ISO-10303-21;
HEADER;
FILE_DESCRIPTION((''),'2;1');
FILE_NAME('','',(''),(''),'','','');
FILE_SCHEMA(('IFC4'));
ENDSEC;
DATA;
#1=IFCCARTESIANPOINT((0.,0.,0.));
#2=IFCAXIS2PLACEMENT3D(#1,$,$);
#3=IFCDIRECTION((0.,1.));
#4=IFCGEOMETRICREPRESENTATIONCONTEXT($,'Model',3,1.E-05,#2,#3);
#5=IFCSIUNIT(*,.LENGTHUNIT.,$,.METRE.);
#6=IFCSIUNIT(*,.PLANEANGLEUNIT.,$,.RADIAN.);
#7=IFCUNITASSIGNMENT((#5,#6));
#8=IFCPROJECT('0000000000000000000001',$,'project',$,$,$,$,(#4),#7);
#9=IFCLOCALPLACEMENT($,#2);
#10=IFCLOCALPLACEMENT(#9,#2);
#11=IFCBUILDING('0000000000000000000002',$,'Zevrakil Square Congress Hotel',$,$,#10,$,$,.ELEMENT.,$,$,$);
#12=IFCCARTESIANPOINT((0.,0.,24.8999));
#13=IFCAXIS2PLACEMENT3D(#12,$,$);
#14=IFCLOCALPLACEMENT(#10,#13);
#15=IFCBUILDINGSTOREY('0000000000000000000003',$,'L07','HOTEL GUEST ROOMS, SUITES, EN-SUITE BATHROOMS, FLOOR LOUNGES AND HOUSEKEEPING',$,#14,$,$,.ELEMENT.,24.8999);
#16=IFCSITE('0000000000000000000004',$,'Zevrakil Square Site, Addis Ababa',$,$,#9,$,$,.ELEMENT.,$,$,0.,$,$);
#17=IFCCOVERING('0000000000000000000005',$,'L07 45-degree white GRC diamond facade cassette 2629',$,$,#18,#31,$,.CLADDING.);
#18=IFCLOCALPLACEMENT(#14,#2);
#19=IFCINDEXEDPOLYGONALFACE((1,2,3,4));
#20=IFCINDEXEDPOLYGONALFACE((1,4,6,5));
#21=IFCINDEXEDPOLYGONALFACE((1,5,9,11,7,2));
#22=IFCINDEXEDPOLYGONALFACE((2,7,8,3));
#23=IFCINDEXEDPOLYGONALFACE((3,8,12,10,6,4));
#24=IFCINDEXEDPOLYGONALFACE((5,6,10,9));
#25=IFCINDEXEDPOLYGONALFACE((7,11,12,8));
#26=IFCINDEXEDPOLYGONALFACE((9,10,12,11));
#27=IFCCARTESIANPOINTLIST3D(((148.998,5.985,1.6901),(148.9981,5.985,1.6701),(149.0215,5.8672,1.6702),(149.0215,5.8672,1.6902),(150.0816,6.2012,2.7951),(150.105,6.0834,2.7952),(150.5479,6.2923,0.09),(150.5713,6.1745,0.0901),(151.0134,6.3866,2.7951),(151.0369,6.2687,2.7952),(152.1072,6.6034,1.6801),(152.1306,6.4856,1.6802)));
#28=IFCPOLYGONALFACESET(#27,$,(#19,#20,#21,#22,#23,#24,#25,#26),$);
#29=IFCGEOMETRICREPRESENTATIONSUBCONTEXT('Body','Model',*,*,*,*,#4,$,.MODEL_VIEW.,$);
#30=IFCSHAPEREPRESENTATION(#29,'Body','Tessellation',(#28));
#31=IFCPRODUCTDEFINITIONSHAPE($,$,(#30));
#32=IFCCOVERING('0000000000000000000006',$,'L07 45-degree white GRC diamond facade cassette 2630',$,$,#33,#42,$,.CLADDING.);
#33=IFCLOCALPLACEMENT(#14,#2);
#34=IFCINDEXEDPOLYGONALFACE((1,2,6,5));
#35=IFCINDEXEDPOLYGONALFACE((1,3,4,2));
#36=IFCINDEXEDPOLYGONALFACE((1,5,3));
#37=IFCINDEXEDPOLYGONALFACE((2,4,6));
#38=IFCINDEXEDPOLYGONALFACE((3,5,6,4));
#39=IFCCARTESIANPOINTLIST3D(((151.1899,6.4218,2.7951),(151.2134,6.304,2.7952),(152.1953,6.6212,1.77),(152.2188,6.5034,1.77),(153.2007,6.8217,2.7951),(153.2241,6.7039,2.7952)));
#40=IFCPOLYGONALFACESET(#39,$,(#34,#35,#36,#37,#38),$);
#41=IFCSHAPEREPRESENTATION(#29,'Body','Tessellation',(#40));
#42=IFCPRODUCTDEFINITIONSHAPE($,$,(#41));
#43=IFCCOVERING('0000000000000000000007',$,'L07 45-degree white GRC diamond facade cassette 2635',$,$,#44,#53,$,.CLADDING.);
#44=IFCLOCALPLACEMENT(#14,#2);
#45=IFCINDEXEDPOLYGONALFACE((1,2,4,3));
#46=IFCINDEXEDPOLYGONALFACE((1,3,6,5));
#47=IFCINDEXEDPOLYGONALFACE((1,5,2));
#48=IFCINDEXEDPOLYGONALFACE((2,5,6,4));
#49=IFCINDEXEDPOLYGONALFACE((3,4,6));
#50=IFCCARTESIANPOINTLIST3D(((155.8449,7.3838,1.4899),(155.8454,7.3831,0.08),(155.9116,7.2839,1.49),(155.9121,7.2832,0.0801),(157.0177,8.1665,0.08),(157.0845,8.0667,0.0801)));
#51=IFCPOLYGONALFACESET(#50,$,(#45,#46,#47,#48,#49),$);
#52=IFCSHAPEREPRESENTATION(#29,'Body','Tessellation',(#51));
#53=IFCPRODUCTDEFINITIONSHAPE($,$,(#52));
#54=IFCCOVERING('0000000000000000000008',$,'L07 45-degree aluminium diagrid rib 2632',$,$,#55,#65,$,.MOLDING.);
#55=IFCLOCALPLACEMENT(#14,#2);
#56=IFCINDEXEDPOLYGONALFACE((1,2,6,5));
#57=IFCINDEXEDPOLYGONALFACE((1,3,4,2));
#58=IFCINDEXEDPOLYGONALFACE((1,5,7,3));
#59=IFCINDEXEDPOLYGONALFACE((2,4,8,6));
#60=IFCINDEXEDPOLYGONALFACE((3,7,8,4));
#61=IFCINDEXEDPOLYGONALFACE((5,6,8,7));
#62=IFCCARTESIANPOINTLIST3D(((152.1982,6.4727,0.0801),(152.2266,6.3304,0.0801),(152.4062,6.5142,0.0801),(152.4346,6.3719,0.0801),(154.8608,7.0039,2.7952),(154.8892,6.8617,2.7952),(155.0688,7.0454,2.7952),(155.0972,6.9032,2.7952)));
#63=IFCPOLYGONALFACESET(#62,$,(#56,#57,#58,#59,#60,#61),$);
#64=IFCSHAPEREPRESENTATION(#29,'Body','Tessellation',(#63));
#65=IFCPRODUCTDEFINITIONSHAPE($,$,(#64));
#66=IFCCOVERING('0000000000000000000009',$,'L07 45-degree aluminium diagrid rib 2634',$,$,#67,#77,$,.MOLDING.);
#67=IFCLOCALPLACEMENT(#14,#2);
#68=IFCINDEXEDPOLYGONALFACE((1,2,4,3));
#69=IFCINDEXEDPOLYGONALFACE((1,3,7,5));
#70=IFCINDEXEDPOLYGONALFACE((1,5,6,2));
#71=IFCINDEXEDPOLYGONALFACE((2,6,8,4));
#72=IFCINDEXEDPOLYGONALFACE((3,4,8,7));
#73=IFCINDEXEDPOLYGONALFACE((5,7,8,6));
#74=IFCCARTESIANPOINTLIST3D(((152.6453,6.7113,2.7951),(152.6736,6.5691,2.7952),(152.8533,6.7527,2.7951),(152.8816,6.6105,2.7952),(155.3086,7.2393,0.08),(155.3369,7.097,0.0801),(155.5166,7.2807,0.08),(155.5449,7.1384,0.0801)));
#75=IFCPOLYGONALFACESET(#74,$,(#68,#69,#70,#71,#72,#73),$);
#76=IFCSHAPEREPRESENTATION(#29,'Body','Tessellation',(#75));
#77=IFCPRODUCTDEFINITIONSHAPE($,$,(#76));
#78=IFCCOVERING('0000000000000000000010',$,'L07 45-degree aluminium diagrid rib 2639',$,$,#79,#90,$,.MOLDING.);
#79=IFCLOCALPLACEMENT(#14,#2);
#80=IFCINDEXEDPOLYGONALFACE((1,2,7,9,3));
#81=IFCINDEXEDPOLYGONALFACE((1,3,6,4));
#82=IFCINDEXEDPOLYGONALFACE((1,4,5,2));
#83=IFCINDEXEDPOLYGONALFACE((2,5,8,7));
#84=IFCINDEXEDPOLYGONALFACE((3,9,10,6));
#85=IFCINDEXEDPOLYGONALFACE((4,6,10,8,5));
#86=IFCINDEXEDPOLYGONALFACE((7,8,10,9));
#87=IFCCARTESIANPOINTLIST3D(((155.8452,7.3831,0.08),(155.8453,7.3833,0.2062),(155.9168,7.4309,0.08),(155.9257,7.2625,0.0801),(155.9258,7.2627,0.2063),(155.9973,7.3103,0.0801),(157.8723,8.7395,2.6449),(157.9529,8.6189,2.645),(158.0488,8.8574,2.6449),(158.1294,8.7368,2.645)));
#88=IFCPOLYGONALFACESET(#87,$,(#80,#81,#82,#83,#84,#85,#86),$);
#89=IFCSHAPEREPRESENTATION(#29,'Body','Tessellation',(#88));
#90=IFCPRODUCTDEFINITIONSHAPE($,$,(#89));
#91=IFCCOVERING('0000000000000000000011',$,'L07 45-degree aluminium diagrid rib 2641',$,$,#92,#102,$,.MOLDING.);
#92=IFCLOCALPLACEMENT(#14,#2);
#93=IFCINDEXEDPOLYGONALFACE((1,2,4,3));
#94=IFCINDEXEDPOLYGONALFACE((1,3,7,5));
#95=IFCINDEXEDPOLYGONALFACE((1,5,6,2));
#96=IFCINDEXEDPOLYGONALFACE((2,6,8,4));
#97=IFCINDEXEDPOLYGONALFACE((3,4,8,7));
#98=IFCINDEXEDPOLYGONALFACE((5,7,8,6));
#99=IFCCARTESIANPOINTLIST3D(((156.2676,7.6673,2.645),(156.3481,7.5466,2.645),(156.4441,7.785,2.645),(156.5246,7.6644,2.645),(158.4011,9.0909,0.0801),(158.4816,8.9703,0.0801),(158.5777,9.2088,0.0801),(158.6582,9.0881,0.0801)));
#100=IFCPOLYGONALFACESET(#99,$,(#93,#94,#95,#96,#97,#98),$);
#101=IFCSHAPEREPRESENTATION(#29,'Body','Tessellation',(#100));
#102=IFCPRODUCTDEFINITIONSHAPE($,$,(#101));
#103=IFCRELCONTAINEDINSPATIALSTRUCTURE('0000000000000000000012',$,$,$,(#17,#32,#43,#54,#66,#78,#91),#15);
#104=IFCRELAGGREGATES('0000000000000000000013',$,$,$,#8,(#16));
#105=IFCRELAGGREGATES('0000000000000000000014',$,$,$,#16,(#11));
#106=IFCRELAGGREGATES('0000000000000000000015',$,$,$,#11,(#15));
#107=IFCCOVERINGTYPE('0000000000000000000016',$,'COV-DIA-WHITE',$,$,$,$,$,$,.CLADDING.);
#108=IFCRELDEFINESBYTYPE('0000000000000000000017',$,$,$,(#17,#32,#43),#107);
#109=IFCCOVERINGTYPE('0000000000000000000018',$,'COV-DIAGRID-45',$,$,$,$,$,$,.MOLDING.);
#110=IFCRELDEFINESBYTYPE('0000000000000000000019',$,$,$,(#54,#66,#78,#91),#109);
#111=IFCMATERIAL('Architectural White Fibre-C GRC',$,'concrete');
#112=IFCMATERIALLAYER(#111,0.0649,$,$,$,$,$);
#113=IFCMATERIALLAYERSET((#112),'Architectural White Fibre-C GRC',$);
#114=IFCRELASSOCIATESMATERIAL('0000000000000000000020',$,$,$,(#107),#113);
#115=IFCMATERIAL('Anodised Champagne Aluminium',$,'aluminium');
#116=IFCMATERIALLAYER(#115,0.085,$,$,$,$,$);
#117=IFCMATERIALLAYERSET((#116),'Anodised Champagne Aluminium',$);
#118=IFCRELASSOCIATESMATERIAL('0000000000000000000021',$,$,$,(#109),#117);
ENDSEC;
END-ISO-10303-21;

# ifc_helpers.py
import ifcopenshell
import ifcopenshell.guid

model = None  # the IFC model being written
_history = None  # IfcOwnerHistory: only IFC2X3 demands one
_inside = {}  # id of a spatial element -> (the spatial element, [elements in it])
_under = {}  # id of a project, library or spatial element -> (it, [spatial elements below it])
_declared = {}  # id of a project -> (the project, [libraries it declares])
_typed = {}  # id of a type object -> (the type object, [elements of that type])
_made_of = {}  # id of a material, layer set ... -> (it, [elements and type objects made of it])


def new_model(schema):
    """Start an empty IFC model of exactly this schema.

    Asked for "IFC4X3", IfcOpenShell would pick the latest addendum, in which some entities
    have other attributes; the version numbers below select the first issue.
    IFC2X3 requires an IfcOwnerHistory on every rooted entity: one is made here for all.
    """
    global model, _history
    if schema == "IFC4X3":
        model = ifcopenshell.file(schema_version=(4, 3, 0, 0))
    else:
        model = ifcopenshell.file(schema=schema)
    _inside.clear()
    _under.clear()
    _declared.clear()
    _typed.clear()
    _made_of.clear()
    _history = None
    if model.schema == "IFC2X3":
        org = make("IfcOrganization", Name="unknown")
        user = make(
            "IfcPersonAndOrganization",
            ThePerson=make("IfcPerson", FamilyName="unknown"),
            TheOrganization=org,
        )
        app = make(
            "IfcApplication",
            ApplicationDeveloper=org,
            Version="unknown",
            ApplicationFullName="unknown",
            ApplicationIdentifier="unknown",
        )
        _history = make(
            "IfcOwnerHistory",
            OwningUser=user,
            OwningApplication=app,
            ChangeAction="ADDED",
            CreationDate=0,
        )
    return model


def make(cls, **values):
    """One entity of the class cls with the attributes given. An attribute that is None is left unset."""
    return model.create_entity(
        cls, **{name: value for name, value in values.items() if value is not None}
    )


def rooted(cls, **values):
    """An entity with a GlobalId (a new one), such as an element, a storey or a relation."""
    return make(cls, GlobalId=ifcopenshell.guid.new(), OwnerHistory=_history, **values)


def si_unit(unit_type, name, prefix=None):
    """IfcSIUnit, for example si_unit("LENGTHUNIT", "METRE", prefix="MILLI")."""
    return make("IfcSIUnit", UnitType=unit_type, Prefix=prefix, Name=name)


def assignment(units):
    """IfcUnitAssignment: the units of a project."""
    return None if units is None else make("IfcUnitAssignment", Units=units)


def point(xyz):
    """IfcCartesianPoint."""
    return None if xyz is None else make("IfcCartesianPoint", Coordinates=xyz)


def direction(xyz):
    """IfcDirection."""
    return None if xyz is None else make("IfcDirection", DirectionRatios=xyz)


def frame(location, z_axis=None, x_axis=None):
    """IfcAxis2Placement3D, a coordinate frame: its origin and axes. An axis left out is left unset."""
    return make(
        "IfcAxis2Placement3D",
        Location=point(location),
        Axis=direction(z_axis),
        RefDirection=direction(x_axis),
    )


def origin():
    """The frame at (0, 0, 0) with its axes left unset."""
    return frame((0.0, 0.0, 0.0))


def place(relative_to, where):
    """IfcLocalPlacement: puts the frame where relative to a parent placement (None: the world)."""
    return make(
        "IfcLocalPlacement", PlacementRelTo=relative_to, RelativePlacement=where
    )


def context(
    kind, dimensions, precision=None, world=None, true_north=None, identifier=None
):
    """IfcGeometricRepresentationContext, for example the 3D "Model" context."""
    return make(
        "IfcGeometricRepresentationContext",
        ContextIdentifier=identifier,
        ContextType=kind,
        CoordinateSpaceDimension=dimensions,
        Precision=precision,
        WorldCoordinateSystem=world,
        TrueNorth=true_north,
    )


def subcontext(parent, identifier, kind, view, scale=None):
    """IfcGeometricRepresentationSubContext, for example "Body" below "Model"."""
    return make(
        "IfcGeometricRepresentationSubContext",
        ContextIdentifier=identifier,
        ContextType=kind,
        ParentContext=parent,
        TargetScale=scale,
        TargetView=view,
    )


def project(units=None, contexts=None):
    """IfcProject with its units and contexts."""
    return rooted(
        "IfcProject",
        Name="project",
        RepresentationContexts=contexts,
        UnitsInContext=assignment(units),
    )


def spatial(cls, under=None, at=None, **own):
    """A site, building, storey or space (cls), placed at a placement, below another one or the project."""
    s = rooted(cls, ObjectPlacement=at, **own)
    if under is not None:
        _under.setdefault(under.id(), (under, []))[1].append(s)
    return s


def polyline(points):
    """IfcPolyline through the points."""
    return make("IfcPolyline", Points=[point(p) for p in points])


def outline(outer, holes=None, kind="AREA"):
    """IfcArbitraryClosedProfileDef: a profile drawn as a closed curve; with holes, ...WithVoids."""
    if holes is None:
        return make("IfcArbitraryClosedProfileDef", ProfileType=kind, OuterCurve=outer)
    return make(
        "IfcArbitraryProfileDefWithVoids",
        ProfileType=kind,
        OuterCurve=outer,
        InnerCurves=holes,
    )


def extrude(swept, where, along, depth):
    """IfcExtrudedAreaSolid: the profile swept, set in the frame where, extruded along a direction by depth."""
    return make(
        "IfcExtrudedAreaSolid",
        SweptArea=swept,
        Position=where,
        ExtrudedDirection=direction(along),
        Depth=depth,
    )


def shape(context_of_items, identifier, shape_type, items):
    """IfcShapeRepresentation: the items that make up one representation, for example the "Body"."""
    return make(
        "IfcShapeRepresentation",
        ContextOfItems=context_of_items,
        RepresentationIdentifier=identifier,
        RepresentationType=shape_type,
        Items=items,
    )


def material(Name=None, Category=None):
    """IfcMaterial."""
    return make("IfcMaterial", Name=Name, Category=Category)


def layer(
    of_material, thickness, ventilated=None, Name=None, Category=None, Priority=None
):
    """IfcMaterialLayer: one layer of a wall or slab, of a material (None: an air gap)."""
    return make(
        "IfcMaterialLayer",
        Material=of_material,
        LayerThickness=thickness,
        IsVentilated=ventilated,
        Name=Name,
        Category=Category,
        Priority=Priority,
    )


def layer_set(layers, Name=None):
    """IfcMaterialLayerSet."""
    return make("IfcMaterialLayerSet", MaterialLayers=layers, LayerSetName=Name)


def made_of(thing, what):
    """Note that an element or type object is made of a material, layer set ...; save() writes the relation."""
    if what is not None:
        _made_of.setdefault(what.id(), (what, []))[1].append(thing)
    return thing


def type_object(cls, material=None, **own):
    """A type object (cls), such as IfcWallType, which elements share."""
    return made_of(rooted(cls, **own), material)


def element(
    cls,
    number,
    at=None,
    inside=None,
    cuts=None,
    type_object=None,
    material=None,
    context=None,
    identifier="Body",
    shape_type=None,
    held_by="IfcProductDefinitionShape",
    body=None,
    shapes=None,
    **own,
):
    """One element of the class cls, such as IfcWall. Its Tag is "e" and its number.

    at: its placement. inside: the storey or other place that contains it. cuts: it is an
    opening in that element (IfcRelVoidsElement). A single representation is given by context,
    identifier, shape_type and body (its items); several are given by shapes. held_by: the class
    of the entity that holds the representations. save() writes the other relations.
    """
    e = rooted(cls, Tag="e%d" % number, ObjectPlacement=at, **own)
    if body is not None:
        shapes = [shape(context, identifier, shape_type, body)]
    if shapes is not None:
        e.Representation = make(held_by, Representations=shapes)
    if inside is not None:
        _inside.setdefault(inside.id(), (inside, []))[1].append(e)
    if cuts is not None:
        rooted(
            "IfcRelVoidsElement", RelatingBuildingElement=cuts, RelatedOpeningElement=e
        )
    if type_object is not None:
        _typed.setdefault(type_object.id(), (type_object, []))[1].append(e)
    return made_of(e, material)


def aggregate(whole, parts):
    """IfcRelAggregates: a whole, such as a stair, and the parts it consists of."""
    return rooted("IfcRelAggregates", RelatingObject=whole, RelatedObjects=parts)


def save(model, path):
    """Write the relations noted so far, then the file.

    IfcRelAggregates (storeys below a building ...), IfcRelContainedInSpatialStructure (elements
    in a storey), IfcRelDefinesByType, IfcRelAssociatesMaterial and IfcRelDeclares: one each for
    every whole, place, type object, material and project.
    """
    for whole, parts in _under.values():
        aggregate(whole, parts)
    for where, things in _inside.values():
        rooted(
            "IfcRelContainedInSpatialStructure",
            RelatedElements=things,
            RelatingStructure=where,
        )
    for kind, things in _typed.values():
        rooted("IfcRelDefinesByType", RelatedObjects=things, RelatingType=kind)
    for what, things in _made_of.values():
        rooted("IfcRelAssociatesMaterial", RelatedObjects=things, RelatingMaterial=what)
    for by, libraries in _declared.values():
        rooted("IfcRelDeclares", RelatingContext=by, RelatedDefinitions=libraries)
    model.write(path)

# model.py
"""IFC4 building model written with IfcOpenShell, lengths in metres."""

from ifc_helpers import new_model, si_unit, direction, frame, origin, place, context, subcontext, project, spatial, polyline, outline, extrude, material, layer, layer_set, type_object, element, save


model = new_model("IFC4")

# Units and contexts
model_context = context("Model", 3, precision=1e-05, world=origin(), true_north=direction((0.0, 1.0)))
body_context = subcontext(model_context, "Body", "Model", "MODEL_VIEW")
ifc_project = project(units=[si_unit("LENGTHUNIT", "METRE"), si_unit("PLANEANGLEUNIT", "RADIAN")], contexts=[model_context])

# Site, building, storey
site_placement = place(None, origin())
site = spatial("IfcSite", under=ifc_project, at=site_placement, Name="Zevrakil Square Site, Addis Ababa", CompositionType="ELEMENT", RefElevation=0.0)
building_placement = place(site_placement, origin())
building = spatial("IfcBuilding", under=site, at=building_placement, Name="Zevrakil Square Congress Hotel", CompositionType="ELEMENT")
storey_placement = place(building_placement, frame((0.0, 0.0, 24.8999)))
storey = spatial("IfcBuildingStorey", under=building, at=storey_placement, Name="L07", Description="HOTEL GUEST ROOMS, SUITES, EN-SUITE BATHROOMS, FLOOR LOUNGES AND HOUSEKEEPING", CompositionType="ELEMENT", Elevation=24.8999)

# Coverings
ifc_material_1 = material(Name="Architectural White Fibre-C GRC", Category="concrete")
ifc_layer_1 = layer(ifc_material_1, 0.0649)
ifc_layer_set_1 = layer_set([ifc_layer_1], Name="Architectural White Fibre-C GRC")
covering_type_1 = type_object("IfcCoveringType", Name="COV-DIA-WHITE", PredefinedType="CLADDING", material=ifc_layer_set_1)
covering_1_placement = place(storey_placement, frame((152.1306, 6.4856, 1.6802), z_axis=(0.195074, -0.980788, 0.000609), x_axis=(-0.693429, -0.138358, -0.707116)))
element("IfcCovering", 1, at=covering_1_placement, inside=storey, type_object=covering_type_1, Name="L07 45-degree white GRC diamond facade cassette 2629", PredefinedType="CLADDING", context=body_context, shape_type="SweptSolid", body=[
    extrude(outline(polyline([(0.0, 0.0), (2.2487, 0.0), (2.2486, -2.2345), (2.2344, -2.2487), (0.6718, -2.2487), (0.0, -1.5769), (0.0, 0.0)])), origin(), (0.0, 0.0, -1.0), 0.1201),
])
covering_2_placement = place(storey_placement, frame((152.2188, 6.5034, 1.77), z_axis=(0.195063, -0.980791, 0.000467), x_axis=(-0.693527, -0.137594, 0.707169)))
element("IfcCovering", 2, at=covering_2_placement, inside=storey, type_object=covering_type_1, Name="L07 45-degree white GRC diamond facade cassette 2630", PredefinedType="CLADDING", context=body_context, shape_type="SweptSolid", body=[
    extrude(outline(polyline([(0.0, 0.0), (1.4496, 0.0), (0.0001, -1.4498), (0.0, 0.0)])), origin(), (0.0, 0.0, -1.0), 0.1201),
])
covering_3_placement = place(storey_placement, frame((157.0845, 8.0667, 0.0801), z_axis=(0.555619, -0.831437, 0.000624), x_axis=(-0.831437, -0.555619, 0.0)))
element("IfcCovering", 3, at=covering_3_placement, inside=storey, type_object=covering_type_1, Name="L07 45-degree white GRC diamond facade cassette 2635", PredefinedType="CLADDING", context=body_context, shape_type="SweptSolid", body=[
    extrude(outline(polyline([(0.0, 0.0), (1.41, 0.0), (1.41, -1.4099), (0.0, 0.0)])), origin(), (0.0, 0.0, -1.0), 0.1201),
])
ifc_material_2 = material(Name="Anodised Champagne Aluminium", Category="aluminium")
ifc_layer_2 = layer(ifc_material_2, 0.085)
ifc_layer_set_2 = layer_set([ifc_layer_2], Name="Anodised Champagne Aluminium")
covering_type_2 = type_object("IfcCoveringType", Name="COV-DIAGRID-45", PredefinedType="MOLDING", material=ifc_layer_set_2)
covering_4_placement = place(storey_placement, frame((152.4062, 6.5142, 0.0801), z_axis=(-0.195673, 0.980669, 0.000007), x_axis=(-0.980669, -0.195673, 0.0)))
element("IfcCovering", 4, at=covering_4_placement, inside=storey, type_object=covering_type_2, Name="L07 45-degree aluminium diagrid rib 2632", PredefinedType="MOLDING", context=body_context, shape_type="SweptSolid", body=[
    extrude(outline(polyline([(0.0, 0.0), (0.2121, 0.0), (-2.503, 2.7151), (-2.7151, 2.7151), (0.0, 0.0)])), origin(), (0.0, 0.0, -1.0), 0.145),
])
covering_5_placement = place(storey_placement, frame((152.6736, 6.5691, 2.7952), z_axis=(0.19512, -0.980779, 0.000686), x_axis=(0.980779, 0.19512, 0.0)))
element("IfcCovering", 5, at=covering_5_placement, inside=storey, type_object=covering_type_2, Name="L07 45-degree aluminium diagrid rib 2634", PredefinedType="MOLDING", context=body_context, shape_type="SweptSolid", body=[
    extrude(outline(polyline([(0.0, 0.0), (0.2121, 0.0), (2.9272, -2.7151), (2.7151, -2.7151), (0.0, 0.0)])), origin(), (0.0, 0.0, -1.0), 0.145),
])
covering_6_placement = place(storey_placement, frame((155.9973, 7.3103, 0.0801), z_axis=(0.55538, -0.831596, 0.000849), x_axis=(-0.831596, -0.55538, -0.000001)))
element("IfcCovering", 6, at=covering_6_placement, inside=storey, type_object=covering_type_2, Name="L07 45-degree aluminium diagrid rib 2639", PredefinedType="MOLDING", context=body_context, shape_type="SweptSolid", body=[
    extrude(outline(polyline([(0.0, 0.0), (0.0861, 0.0), (0.0859, -0.1262), (-2.353, -2.5649), (-2.5653, -2.5649), (0.0, 0.0)])), origin(), (0.0, 0.0, -1.0), 0.145),
])
covering_7_placement = place(storey_placement, frame((156.3481, 7.5466, 2.645), z_axis=(0.555098, -0.831785, 0.000043), x_axis=(0.831785, 0.555098, 0.0)))
element("IfcCovering", 7, at=covering_7_placement, inside=storey, type_object=covering_type_2, Name="L07 45-degree aluminium diagrid rib 2641", PredefinedType="MOLDING", context=body_context, shape_type="SweptSolid", body=[
    extrude(outline(polyline([(0.0, 0.0), (0.2121, 0.0), (2.7772, -2.5649), (2.5649, -2.5649), (0.0, 0.0)])), origin(), (0.0, 0.0, -1.0), 0.145),
])

save(model, "model.ifc")
